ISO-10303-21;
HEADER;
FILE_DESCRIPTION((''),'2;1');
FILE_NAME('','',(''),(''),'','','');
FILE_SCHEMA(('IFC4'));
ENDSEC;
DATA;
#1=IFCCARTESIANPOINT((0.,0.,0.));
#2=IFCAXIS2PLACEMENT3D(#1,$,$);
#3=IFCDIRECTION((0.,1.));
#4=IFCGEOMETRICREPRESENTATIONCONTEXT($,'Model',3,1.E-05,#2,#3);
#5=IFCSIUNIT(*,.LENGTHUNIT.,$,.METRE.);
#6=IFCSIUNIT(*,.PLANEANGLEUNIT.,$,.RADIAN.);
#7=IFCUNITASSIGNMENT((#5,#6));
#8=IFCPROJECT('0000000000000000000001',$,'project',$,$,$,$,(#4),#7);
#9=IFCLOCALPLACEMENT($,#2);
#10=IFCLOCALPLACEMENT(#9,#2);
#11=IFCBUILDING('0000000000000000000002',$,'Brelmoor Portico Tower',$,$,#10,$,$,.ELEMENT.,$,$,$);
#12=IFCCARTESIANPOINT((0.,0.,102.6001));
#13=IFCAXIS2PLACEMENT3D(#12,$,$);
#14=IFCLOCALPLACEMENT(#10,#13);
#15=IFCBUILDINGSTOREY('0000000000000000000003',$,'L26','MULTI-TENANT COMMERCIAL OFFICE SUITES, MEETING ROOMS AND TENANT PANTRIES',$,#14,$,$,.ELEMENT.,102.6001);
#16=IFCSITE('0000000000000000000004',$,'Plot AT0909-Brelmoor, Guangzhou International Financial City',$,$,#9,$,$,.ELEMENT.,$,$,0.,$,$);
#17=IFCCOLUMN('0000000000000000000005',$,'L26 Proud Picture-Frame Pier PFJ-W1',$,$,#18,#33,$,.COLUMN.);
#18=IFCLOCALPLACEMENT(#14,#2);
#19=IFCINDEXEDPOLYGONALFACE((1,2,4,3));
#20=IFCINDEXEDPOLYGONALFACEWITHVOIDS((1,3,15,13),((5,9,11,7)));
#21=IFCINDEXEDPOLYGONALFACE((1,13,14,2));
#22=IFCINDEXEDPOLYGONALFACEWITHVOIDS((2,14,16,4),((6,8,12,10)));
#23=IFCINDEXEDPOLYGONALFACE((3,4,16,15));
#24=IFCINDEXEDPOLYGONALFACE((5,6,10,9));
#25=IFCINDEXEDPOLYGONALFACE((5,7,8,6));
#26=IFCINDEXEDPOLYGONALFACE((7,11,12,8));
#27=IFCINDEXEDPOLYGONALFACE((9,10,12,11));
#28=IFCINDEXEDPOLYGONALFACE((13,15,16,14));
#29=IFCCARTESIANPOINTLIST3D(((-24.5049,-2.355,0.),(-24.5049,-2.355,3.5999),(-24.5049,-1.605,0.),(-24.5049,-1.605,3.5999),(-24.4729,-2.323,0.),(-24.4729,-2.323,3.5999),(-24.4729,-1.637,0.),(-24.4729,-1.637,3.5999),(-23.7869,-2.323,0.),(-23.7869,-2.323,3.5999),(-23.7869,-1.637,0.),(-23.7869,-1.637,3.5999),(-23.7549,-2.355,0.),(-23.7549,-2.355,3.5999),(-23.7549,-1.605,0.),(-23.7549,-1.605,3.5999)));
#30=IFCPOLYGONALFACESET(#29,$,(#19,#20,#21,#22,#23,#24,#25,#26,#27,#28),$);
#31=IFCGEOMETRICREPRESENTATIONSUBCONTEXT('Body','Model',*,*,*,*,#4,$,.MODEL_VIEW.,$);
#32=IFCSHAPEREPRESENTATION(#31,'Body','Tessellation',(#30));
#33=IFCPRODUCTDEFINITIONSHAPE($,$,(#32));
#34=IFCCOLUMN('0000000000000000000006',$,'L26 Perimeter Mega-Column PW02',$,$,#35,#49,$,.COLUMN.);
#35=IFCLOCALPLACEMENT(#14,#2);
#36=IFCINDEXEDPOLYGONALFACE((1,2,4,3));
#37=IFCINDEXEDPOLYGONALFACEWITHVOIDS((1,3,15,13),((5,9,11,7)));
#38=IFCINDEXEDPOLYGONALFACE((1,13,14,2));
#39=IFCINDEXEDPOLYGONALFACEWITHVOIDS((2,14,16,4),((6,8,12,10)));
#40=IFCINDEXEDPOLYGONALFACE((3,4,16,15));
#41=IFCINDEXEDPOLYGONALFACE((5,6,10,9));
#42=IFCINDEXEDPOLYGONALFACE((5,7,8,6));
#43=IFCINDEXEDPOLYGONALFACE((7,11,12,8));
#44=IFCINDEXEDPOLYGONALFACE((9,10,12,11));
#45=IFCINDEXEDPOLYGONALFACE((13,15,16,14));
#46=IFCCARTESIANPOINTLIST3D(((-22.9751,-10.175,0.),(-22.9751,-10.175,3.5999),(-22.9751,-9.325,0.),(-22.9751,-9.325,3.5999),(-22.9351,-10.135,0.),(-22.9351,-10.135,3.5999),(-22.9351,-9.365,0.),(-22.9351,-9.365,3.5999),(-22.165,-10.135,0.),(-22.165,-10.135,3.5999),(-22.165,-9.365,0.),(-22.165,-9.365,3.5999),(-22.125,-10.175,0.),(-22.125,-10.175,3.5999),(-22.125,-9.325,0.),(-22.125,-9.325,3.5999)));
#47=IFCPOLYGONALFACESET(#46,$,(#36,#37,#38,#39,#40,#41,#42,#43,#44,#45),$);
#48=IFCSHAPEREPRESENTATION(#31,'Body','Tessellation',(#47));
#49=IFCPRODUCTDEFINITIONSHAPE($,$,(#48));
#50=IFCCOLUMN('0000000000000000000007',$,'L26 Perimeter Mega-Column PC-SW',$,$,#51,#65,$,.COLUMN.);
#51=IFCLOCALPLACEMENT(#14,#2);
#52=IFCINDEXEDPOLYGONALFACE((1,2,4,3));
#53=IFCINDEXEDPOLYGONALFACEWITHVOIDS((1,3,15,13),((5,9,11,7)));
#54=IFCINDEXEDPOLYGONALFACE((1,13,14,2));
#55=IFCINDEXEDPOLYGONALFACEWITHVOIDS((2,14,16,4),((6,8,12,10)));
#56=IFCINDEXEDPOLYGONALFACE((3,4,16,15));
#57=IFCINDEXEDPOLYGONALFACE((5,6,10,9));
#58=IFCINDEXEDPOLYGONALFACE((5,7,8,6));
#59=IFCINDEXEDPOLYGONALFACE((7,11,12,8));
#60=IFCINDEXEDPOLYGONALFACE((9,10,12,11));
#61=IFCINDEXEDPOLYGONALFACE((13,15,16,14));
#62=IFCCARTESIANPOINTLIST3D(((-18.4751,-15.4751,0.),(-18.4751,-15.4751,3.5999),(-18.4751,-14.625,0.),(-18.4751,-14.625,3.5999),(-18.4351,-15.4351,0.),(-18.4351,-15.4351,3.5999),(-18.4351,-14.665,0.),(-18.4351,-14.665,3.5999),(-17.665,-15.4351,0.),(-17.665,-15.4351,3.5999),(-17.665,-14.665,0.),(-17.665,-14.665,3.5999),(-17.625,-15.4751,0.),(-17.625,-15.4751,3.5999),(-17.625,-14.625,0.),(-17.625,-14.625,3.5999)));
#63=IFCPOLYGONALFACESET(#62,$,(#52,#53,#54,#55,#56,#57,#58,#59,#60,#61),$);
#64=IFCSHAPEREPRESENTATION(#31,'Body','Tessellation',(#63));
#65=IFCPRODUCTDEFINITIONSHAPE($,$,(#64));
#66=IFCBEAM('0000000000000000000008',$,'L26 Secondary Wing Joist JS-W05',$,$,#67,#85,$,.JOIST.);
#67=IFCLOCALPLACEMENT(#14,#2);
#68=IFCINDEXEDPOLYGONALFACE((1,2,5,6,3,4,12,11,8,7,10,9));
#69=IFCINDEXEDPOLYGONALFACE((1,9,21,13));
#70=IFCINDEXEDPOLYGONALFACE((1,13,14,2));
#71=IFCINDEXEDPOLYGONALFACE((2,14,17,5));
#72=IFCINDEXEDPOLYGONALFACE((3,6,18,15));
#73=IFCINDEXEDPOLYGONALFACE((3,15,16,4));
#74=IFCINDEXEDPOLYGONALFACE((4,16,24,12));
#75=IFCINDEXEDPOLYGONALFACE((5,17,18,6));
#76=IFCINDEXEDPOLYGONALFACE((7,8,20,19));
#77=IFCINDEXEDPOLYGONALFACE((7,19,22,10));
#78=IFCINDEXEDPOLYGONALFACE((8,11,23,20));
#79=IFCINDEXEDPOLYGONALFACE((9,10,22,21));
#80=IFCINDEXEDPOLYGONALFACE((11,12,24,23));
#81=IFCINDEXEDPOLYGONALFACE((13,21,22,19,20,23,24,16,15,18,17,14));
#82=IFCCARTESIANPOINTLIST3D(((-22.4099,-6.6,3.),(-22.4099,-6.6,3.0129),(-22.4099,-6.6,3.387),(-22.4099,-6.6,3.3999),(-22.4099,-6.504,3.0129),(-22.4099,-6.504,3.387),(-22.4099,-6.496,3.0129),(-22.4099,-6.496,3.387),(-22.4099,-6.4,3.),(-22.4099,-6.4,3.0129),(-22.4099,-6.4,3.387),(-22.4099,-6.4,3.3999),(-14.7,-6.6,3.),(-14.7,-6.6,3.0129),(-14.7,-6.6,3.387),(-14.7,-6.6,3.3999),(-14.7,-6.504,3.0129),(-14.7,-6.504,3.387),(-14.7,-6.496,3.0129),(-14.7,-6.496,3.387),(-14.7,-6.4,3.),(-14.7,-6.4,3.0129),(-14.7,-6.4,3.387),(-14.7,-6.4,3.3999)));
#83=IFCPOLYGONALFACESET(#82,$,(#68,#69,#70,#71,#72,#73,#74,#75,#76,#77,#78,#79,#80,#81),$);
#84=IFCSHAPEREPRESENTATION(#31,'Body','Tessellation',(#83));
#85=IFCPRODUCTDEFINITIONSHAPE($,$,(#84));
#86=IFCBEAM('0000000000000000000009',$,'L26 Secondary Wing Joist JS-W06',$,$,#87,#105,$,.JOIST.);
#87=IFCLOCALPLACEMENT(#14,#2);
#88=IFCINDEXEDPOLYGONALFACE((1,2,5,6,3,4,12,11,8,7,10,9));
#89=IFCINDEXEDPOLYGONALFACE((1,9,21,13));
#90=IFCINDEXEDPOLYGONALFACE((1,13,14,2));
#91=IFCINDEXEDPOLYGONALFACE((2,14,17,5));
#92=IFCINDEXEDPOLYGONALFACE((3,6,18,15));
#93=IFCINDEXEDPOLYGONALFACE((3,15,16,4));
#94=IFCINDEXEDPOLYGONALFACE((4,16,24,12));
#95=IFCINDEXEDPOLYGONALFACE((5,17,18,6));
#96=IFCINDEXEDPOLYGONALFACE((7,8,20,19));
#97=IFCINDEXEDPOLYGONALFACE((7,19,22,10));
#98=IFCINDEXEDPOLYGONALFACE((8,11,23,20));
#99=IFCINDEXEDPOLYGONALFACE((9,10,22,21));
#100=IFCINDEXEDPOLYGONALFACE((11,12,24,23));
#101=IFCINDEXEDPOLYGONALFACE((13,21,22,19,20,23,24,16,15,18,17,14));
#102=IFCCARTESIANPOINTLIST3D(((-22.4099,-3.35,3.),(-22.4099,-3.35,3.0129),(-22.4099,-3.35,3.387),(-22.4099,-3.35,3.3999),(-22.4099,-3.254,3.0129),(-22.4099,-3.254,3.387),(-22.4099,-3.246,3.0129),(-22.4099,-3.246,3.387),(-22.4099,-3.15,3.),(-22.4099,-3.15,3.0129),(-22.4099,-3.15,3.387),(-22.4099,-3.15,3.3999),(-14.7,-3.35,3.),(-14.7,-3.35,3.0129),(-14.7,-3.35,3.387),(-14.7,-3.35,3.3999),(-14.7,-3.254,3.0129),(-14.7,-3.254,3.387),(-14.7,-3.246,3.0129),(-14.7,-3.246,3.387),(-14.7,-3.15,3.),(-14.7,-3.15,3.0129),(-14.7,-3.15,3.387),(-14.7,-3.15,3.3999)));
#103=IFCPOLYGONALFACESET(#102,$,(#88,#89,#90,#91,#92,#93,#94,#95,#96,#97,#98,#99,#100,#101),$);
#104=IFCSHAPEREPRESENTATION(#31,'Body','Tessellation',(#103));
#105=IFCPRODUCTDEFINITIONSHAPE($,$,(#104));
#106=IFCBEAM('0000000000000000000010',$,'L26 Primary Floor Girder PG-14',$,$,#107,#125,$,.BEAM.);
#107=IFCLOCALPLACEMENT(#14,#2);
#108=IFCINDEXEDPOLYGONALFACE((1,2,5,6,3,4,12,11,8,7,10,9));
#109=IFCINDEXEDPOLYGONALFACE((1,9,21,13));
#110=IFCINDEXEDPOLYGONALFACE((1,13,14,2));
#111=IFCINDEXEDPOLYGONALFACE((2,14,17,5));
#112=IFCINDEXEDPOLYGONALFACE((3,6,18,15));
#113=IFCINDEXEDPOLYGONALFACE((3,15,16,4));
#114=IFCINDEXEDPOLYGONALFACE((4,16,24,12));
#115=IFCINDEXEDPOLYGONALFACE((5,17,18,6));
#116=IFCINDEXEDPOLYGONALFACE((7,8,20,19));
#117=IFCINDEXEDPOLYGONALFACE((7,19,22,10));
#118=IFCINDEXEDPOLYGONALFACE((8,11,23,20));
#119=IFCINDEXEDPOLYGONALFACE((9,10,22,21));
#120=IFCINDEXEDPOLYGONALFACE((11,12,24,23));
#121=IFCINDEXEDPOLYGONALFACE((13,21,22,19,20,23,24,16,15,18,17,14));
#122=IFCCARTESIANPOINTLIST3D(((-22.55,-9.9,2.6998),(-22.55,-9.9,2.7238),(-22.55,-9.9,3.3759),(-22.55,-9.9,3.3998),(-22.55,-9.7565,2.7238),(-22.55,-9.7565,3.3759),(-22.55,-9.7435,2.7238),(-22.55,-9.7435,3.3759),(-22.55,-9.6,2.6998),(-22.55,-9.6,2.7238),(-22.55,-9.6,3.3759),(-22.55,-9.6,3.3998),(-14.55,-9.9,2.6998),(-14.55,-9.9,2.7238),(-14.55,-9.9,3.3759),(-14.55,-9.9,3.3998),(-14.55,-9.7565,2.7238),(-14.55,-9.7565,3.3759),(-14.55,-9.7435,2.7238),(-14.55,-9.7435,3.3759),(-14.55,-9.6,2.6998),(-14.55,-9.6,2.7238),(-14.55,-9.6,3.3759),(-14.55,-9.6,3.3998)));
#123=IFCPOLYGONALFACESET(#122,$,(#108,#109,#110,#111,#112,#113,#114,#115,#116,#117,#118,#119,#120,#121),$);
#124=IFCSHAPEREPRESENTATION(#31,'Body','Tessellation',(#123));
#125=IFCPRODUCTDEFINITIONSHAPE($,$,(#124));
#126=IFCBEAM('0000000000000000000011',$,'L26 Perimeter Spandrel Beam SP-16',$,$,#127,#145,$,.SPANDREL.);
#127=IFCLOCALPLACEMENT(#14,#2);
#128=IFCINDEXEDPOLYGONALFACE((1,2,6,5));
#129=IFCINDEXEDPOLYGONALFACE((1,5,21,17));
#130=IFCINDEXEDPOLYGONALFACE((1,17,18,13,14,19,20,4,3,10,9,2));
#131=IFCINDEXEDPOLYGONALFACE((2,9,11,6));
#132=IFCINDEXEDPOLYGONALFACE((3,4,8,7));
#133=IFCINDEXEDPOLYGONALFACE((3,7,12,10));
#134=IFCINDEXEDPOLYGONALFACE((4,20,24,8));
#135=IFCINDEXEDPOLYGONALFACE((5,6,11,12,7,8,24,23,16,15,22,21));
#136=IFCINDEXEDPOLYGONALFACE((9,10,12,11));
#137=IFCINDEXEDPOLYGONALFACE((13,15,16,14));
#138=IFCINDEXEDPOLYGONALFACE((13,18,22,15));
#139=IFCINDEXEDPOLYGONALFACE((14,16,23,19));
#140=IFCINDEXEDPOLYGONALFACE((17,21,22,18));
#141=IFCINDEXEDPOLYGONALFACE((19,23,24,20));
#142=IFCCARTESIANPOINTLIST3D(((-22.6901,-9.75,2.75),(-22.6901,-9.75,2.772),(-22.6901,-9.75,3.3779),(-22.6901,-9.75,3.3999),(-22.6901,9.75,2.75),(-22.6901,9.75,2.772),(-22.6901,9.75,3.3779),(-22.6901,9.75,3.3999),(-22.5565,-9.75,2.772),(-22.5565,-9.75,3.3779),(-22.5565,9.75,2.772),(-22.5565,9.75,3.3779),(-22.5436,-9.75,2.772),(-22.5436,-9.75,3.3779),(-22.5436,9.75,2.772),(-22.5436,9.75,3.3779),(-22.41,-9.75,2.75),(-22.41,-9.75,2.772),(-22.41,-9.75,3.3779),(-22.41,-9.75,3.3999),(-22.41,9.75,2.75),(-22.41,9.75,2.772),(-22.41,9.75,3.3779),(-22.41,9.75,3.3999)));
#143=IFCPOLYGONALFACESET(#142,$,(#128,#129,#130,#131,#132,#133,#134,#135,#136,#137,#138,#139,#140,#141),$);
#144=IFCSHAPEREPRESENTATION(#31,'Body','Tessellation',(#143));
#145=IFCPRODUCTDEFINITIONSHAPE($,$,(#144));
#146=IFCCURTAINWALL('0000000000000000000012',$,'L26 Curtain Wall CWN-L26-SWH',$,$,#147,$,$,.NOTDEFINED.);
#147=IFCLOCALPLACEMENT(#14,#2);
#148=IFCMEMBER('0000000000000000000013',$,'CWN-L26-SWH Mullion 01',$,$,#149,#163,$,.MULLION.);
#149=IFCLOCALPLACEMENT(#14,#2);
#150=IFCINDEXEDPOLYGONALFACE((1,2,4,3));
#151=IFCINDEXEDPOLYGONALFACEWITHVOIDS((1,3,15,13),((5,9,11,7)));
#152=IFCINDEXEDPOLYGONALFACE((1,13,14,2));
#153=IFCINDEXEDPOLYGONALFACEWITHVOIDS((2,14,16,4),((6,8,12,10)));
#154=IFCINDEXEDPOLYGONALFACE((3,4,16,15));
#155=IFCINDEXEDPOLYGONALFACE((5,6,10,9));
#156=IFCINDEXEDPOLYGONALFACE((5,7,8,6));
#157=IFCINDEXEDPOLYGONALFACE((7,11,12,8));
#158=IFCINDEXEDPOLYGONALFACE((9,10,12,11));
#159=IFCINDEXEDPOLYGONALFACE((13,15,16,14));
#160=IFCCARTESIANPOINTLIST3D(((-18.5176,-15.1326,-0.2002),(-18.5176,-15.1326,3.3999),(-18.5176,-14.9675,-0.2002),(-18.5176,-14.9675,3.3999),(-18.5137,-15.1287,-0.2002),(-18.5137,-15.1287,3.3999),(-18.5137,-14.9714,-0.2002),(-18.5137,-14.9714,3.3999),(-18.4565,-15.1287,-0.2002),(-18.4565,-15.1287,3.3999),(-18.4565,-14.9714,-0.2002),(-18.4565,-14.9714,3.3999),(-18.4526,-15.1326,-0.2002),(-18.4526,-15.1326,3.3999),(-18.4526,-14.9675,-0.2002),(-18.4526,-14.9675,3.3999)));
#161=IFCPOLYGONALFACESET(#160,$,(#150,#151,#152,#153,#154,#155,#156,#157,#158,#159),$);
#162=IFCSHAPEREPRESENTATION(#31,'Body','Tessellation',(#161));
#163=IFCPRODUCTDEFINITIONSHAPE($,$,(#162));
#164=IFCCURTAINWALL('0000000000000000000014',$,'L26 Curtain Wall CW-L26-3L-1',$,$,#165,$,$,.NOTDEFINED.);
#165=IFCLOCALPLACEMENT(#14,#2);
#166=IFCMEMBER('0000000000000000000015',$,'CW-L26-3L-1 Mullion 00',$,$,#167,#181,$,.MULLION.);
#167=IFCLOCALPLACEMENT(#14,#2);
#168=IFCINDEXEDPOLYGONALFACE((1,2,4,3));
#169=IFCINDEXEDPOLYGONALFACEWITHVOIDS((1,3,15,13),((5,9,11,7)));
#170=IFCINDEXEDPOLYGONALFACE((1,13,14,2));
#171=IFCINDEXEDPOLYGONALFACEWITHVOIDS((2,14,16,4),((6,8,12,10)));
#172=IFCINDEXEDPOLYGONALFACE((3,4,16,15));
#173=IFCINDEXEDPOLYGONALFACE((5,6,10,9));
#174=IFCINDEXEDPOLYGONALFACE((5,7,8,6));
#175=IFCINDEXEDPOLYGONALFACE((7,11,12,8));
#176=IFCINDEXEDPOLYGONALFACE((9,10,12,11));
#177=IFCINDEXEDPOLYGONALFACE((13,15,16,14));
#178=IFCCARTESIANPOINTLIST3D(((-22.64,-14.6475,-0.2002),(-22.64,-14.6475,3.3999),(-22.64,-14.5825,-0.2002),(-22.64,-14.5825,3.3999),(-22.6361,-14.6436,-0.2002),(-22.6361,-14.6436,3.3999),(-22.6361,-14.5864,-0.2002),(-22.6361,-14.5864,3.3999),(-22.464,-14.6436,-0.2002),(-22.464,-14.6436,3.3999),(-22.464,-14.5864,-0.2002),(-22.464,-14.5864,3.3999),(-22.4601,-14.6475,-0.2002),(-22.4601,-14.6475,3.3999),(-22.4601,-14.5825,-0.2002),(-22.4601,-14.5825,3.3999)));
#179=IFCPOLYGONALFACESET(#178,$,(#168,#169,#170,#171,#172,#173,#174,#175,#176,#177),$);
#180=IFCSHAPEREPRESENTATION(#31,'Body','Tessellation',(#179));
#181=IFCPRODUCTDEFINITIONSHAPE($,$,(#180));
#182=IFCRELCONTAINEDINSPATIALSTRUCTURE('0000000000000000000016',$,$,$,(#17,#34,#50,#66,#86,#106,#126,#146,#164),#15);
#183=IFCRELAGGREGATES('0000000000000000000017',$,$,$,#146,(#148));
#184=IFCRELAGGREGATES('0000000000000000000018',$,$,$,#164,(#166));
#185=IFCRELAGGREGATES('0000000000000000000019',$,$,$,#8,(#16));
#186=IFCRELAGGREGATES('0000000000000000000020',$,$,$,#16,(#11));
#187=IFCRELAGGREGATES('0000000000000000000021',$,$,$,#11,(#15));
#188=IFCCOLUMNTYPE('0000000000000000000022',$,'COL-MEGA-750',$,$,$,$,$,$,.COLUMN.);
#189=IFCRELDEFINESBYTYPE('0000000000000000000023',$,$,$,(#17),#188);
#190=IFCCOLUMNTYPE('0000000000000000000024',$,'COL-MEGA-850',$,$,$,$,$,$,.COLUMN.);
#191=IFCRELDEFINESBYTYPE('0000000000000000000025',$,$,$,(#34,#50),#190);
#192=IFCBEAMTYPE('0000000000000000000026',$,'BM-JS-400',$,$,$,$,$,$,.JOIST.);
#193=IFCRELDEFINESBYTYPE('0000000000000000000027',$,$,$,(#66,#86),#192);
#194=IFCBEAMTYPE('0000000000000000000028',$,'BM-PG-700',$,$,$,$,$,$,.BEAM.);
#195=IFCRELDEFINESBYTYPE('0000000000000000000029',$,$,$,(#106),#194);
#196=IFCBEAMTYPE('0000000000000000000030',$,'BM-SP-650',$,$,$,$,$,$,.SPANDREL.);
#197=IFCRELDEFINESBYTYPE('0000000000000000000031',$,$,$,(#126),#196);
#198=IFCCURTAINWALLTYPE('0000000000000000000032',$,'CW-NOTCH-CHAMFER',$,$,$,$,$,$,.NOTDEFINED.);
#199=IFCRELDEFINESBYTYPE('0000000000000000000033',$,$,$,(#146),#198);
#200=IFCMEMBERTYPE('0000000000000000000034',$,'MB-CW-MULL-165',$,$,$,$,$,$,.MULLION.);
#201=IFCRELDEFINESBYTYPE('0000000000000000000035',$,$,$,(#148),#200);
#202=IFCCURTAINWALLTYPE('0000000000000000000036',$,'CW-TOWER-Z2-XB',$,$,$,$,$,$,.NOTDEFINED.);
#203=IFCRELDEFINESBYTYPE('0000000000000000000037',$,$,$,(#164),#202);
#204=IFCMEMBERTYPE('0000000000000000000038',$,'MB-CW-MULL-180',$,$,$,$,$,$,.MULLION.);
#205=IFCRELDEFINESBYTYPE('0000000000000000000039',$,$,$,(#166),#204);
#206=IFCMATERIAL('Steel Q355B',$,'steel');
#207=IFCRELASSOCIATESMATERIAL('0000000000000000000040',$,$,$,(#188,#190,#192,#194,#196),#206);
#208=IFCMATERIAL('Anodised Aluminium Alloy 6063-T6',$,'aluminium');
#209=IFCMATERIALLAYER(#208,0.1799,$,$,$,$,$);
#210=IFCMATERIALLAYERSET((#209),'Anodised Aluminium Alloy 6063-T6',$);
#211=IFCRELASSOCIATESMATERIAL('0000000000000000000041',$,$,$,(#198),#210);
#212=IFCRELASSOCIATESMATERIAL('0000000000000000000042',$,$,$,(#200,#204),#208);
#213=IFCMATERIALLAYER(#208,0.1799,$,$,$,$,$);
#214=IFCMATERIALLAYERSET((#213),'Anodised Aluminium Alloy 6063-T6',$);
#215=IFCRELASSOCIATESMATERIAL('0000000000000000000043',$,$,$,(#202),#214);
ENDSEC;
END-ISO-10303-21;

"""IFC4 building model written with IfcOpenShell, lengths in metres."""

from ifc_helpers import new_model, si_unit, direction, frame, origin, origin_2d, place, context, subcontext, project, spatial, hollow_rectangle, i_section, extrude, material, layer, layer_set, material_profile, profile_set, type_object, element, aggregate, save


model = new_model("IFC4")

# Units and contexts
model_context = context("Model", 3, precision=1e-05, world=origin(), true_north=direction((0.0, 1.0)))
body_context = subcontext(model_context, "Body", "Model", "MODEL_VIEW")
ifc_project = project(units=[si_unit("LENGTHUNIT", "METRE"), si_unit("PLANEANGLEUNIT", "RADIAN")], contexts=[model_context])

# Site, building, storey
site_placement = place(None, origin())
site = spatial("IfcSite", under=ifc_project, at=site_placement, Name="Plot AT0909-Brelmoor, Guangzhou International Financial City", CompositionType="ELEMENT", RefElevation=0.0)
building_placement = place(site_placement, origin())
building = spatial("IfcBuilding", under=site, at=building_placement, Name="Brelmoor Portico Tower", CompositionType="ELEMENT")
storey_placement = place(building_placement, frame((0.0, 0.0, 102.6001)))
storey = spatial("IfcBuildingStorey", under=building, at=storey_placement, Name="L26", Description="MULTI-TENANT COMMERCIAL OFFICE SUITES, MEETING ROOMS AND TENANT PANTRIES", CompositionType="ELEMENT", Elevation=102.6001)

# Columns
ifc_material_1 = material(Name="Steel Q355B", Category="steel")
ifc_material_profile_1 = material_profile(ifc_material_1, hollow_rectangle(XDim=0.75, YDim=0.75, WallThickness=0.032, at=origin_2d()), Name="BOX 750x750x32")
ifc_profile_set_1 = profile_set([ifc_material_profile_1], Name="Steel Q355B")
column_type_1 = type_object("IfcColumnType", Name="COL-MEGA-750", PredefinedType="COLUMN", material=ifc_profile_set_1)
column_placement = place(storey_placement, frame((-24.1299, -1.98, 0.0), z_axis=(0.0, 0.0, 1.0), x_axis=(0.0, 1.0, 0.0)))
element("IfcColumn", 1, at=column_placement, inside=storey, type_object=column_type_1, Name="L26 Proud Picture-Frame Pier PFJ-W1", PredefinedType="COLUMN", context=body_context, shape_type="SweptSolid", body=[
    extrude(hollow_rectangle(XDim=0.75, YDim=0.75, WallThickness=0.032, at=origin_2d()), origin(), (0.0, 0.0, 1.0), 3.5999),
])
ifc_material_profile_2 = material_profile(ifc_material_1, hollow_rectangle(XDim=0.8501, YDim=0.8501, WallThickness=0.04, at=origin_2d()), Name="BOX 850x850x40")
ifc_profile_set_2 = profile_set([ifc_material_profile_2], Name="Steel Q355B")
column_type_2 = type_object("IfcColumnType", Name="COL-MEGA-850", PredefinedType="COLUMN", material=ifc_profile_set_2)
for number, where, z_axis, x_axis, name in (
    (2, (-22.55, -9.75, 0.0), (0.0, 0.0, 1.0), (0.0, 1.0, 0.0), "L26 Perimeter Mega-Column PW02"),
    (3, (-18.05, -15.05, 0.0), (0.0, 0.0, 1.0), (1.0, 0.0, 0.0), "L26 Perimeter Mega-Column PC-SW"),
):
    element("IfcColumn", number, at=place(storey_placement, frame(where, z_axis=z_axis, x_axis=x_axis)), inside=storey, type_object=column_type_2, Name=name, PredefinedType="COLUMN", context=body_context, shape_type="SweptSolid", body=[
        extrude(hollow_rectangle(XDim=0.8501, YDim=0.8501, WallThickness=0.04, at=origin_2d()), origin(), (0.0, 0.0, 1.0), 3.5999),
    ])

# Beams
ifc_material_profile_3 = material_profile(ifc_material_1, i_section(OverallWidth=0.2, OverallDepth=0.3999, WebThickness=0.0081, FlangeThickness=0.0129, at=origin_2d()), Name="HN 400x200x8x13")
ifc_profile_set_3 = profile_set([ifc_material_profile_3], Name="Steel Q355B")
beam_type_1 = type_object("IfcBeamType", Name="BM-JS-400", PredefinedType="JOIST", material=ifc_profile_set_3)
for number, where, z_axis, x_axis, name in (
    (4, (-22.4099, -6.5, 3.2), (1.0, 0.0, 0.0), (0.0, 1.0, 0.0), "L26 Secondary Wing Joist JS-W05"),
    (5, (-22.4099, -3.25, 3.2), (1.0, 0.0, 0.0), (0.0, 1.0, 0.0), "L26 Secondary Wing Joist JS-W06"),
):
    element("IfcBeam", number, at=place(storey_placement, frame(where, z_axis=z_axis, x_axis=x_axis)), inside=storey, type_object=beam_type_1, Name=name, PredefinedType="JOIST", context=body_context, shape_type="SweptSolid", body=[
        extrude(i_section(OverallWidth=0.2, OverallDepth=0.3999, WebThickness=0.0081, FlangeThickness=0.0129, at=origin_2d()), origin(), (0.0, 0.0, 1.0), 7.71),
    ])
ifc_material_profile_4 = material_profile(ifc_material_1, i_section(OverallWidth=0.3, OverallDepth=0.7, WebThickness=0.0129, FlangeThickness=0.0239, at=origin_2d()), Name="HN 700x300x13x24")
ifc_profile_set_4 = profile_set([ifc_material_profile_4], Name="Steel Q355B")
beam_type_2 = type_object("IfcBeamType", Name="BM-PG-700", PredefinedType="BEAM", material=ifc_profile_set_4)
beam_1_placement = place(storey_placement, frame((-22.55, -9.75, 3.0498), z_axis=(1.0, 0.0, 0.0), x_axis=(0.0, 1.0, 0.0)))
element("IfcBeam", 6, at=beam_1_placement, inside=storey, type_object=beam_type_2, Name="L26 Primary Floor Girder PG-14", PredefinedType="BEAM", context=body_context, shape_type="SweptSolid", body=[
    extrude(i_section(OverallWidth=0.3, OverallDepth=0.7, WebThickness=0.0129, FlangeThickness=0.0239, at=origin_2d()), origin(), (0.0, 0.0, 1.0), 8.0),
])
ifc_material_profile_5 = material_profile(ifc_material_1, i_section(OverallWidth=0.28, OverallDepth=0.6499, WebThickness=0.0129, FlangeThickness=0.022, at=origin_2d()), Name="HN 650x280x13x22")
ifc_profile_set_5 = profile_set([ifc_material_profile_5], Name="Steel Q355B")
beam_type_3 = type_object("IfcBeamType", Name="BM-SP-650", PredefinedType="SPANDREL", material=ifc_profile_set_5)
beam_2_placement = place(storey_placement, frame((-22.55, -9.75, 3.075), z_axis=(0.0, 1.0, 0.0), x_axis=(-1.0, 0.0, 0.0)))
element("IfcBeam", 7, at=beam_2_placement, inside=storey, type_object=beam_type_3, Name="L26 Perimeter Spandrel Beam SP-16", PredefinedType="SPANDREL", context=body_context, shape_type="SweptSolid", body=[
    extrude(i_section(OverallWidth=0.28, OverallDepth=0.6499, WebThickness=0.0129, FlangeThickness=0.022, at=origin_2d()), origin(), (0.0, 0.0, 1.0), 19.5),
])

# Curtain wall, member
ifc_material_2 = material(Name="Anodised Aluminium Alloy 6063-T6", Category="aluminium")
ifc_layer_1 = layer(ifc_material_2, 0.1799)
ifc_layer_set_1 = layer_set([ifc_layer_1], Name="Anodised Aluminium Alloy 6063-T6")
curtain_wall_type_1 = type_object("IfcCurtainWallType", Name="CW-NOTCH-CHAMFER", PredefinedType="NOTDEFINED", material=ifc_layer_set_1)
curtain_wall_1_placement = place(storey_placement, origin())
curtain_wall_1 = element("IfcCurtainWall", 8, at=curtain_wall_1_placement, inside=storey, type_object=curtain_wall_type_1, Name="L26 Curtain Wall CWN-L26-SWH", PredefinedType="NOTDEFINED")
ifc_material_profile_6 = material_profile(ifc_material_2, hollow_rectangle(XDim=0.0649, YDim=0.165, WallThickness=0.0039, at=origin_2d()), Name="ALU MULLION 65x165")
ifc_profile_set_6 = profile_set([ifc_material_profile_6], Name="Anodised Aluminium Alloy 6063-T6")
member_type_1 = type_object("IfcMemberType", Name="MB-CW-MULL-165", PredefinedType="MULLION", material=ifc_profile_set_6)
member_1_placement = place(storey_placement, frame((-18.4851, -15.05, -0.2002), z_axis=(0.0, 0.0, 1.0), x_axis=(1.0, 0.0, 0.0)))
member_1 = element("IfcMember", 9, at=member_1_placement, type_object=member_type_1, Name="CWN-L26-SWH Mullion 01", PredefinedType="MULLION", context=body_context, shape_type="SweptSolid", body=[
    extrude(hollow_rectangle(XDim=0.0649, YDim=0.165, WallThickness=0.0039, at=origin_2d()), origin(), (0.0, 0.0, 1.0), 3.6001),
])
aggregate(curtain_wall_1, [member_1])

# Curtain wall, member
ifc_layer_2 = layer(ifc_material_2, 0.1799)
ifc_layer_set_2 = layer_set([ifc_layer_2], Name="Anodised Aluminium Alloy 6063-T6")
curtain_wall_type_2 = type_object("IfcCurtainWallType", Name="CW-TOWER-Z2-XB", PredefinedType="NOTDEFINED", material=ifc_layer_set_2)
curtain_wall_2_placement = place(storey_placement, origin())
curtain_wall_2 = element("IfcCurtainWall", 10, at=curtain_wall_2_placement, inside=storey, type_object=curtain_wall_type_2, Name="L26 Curtain Wall CW-L26-3L-1", PredefinedType="NOTDEFINED")
ifc_material_profile_7 = material_profile(ifc_material_2, hollow_rectangle(XDim=0.0649, YDim=0.1799, WallThickness=0.0039, at=origin_2d()), Name="ALU MULLION 65x180")
ifc_profile_set_7 = profile_set([ifc_material_profile_7], Name="Anodised Aluminium Alloy 6063-T6")
member_type_2 = type_object("IfcMemberType", Name="MB-CW-MULL-180", PredefinedType="MULLION", material=ifc_profile_set_7)
member_2_placement = place(storey_placement, frame((-22.55, -14.615, -0.2002), z_axis=(0.0, 0.0, 1.0), x_axis=(0.0, 1.0, 0.0)))
member_2 = element("IfcMember", 11, at=member_2_placement, type_object=member_type_2, Name="CW-L26-3L-1 Mullion 00", PredefinedType="MULLION", context=body_context, shape_type="SweptSolid", body=[
    extrude(hollow_rectangle(XDim=0.0649, YDim=0.1799, WallThickness=0.0039, at=origin_2d()), origin(), (0.0, 0.0, 1.0), 3.6001),
])

aggregate(curtain_wall_2, [member_2])

save(model, "model.ifc")
